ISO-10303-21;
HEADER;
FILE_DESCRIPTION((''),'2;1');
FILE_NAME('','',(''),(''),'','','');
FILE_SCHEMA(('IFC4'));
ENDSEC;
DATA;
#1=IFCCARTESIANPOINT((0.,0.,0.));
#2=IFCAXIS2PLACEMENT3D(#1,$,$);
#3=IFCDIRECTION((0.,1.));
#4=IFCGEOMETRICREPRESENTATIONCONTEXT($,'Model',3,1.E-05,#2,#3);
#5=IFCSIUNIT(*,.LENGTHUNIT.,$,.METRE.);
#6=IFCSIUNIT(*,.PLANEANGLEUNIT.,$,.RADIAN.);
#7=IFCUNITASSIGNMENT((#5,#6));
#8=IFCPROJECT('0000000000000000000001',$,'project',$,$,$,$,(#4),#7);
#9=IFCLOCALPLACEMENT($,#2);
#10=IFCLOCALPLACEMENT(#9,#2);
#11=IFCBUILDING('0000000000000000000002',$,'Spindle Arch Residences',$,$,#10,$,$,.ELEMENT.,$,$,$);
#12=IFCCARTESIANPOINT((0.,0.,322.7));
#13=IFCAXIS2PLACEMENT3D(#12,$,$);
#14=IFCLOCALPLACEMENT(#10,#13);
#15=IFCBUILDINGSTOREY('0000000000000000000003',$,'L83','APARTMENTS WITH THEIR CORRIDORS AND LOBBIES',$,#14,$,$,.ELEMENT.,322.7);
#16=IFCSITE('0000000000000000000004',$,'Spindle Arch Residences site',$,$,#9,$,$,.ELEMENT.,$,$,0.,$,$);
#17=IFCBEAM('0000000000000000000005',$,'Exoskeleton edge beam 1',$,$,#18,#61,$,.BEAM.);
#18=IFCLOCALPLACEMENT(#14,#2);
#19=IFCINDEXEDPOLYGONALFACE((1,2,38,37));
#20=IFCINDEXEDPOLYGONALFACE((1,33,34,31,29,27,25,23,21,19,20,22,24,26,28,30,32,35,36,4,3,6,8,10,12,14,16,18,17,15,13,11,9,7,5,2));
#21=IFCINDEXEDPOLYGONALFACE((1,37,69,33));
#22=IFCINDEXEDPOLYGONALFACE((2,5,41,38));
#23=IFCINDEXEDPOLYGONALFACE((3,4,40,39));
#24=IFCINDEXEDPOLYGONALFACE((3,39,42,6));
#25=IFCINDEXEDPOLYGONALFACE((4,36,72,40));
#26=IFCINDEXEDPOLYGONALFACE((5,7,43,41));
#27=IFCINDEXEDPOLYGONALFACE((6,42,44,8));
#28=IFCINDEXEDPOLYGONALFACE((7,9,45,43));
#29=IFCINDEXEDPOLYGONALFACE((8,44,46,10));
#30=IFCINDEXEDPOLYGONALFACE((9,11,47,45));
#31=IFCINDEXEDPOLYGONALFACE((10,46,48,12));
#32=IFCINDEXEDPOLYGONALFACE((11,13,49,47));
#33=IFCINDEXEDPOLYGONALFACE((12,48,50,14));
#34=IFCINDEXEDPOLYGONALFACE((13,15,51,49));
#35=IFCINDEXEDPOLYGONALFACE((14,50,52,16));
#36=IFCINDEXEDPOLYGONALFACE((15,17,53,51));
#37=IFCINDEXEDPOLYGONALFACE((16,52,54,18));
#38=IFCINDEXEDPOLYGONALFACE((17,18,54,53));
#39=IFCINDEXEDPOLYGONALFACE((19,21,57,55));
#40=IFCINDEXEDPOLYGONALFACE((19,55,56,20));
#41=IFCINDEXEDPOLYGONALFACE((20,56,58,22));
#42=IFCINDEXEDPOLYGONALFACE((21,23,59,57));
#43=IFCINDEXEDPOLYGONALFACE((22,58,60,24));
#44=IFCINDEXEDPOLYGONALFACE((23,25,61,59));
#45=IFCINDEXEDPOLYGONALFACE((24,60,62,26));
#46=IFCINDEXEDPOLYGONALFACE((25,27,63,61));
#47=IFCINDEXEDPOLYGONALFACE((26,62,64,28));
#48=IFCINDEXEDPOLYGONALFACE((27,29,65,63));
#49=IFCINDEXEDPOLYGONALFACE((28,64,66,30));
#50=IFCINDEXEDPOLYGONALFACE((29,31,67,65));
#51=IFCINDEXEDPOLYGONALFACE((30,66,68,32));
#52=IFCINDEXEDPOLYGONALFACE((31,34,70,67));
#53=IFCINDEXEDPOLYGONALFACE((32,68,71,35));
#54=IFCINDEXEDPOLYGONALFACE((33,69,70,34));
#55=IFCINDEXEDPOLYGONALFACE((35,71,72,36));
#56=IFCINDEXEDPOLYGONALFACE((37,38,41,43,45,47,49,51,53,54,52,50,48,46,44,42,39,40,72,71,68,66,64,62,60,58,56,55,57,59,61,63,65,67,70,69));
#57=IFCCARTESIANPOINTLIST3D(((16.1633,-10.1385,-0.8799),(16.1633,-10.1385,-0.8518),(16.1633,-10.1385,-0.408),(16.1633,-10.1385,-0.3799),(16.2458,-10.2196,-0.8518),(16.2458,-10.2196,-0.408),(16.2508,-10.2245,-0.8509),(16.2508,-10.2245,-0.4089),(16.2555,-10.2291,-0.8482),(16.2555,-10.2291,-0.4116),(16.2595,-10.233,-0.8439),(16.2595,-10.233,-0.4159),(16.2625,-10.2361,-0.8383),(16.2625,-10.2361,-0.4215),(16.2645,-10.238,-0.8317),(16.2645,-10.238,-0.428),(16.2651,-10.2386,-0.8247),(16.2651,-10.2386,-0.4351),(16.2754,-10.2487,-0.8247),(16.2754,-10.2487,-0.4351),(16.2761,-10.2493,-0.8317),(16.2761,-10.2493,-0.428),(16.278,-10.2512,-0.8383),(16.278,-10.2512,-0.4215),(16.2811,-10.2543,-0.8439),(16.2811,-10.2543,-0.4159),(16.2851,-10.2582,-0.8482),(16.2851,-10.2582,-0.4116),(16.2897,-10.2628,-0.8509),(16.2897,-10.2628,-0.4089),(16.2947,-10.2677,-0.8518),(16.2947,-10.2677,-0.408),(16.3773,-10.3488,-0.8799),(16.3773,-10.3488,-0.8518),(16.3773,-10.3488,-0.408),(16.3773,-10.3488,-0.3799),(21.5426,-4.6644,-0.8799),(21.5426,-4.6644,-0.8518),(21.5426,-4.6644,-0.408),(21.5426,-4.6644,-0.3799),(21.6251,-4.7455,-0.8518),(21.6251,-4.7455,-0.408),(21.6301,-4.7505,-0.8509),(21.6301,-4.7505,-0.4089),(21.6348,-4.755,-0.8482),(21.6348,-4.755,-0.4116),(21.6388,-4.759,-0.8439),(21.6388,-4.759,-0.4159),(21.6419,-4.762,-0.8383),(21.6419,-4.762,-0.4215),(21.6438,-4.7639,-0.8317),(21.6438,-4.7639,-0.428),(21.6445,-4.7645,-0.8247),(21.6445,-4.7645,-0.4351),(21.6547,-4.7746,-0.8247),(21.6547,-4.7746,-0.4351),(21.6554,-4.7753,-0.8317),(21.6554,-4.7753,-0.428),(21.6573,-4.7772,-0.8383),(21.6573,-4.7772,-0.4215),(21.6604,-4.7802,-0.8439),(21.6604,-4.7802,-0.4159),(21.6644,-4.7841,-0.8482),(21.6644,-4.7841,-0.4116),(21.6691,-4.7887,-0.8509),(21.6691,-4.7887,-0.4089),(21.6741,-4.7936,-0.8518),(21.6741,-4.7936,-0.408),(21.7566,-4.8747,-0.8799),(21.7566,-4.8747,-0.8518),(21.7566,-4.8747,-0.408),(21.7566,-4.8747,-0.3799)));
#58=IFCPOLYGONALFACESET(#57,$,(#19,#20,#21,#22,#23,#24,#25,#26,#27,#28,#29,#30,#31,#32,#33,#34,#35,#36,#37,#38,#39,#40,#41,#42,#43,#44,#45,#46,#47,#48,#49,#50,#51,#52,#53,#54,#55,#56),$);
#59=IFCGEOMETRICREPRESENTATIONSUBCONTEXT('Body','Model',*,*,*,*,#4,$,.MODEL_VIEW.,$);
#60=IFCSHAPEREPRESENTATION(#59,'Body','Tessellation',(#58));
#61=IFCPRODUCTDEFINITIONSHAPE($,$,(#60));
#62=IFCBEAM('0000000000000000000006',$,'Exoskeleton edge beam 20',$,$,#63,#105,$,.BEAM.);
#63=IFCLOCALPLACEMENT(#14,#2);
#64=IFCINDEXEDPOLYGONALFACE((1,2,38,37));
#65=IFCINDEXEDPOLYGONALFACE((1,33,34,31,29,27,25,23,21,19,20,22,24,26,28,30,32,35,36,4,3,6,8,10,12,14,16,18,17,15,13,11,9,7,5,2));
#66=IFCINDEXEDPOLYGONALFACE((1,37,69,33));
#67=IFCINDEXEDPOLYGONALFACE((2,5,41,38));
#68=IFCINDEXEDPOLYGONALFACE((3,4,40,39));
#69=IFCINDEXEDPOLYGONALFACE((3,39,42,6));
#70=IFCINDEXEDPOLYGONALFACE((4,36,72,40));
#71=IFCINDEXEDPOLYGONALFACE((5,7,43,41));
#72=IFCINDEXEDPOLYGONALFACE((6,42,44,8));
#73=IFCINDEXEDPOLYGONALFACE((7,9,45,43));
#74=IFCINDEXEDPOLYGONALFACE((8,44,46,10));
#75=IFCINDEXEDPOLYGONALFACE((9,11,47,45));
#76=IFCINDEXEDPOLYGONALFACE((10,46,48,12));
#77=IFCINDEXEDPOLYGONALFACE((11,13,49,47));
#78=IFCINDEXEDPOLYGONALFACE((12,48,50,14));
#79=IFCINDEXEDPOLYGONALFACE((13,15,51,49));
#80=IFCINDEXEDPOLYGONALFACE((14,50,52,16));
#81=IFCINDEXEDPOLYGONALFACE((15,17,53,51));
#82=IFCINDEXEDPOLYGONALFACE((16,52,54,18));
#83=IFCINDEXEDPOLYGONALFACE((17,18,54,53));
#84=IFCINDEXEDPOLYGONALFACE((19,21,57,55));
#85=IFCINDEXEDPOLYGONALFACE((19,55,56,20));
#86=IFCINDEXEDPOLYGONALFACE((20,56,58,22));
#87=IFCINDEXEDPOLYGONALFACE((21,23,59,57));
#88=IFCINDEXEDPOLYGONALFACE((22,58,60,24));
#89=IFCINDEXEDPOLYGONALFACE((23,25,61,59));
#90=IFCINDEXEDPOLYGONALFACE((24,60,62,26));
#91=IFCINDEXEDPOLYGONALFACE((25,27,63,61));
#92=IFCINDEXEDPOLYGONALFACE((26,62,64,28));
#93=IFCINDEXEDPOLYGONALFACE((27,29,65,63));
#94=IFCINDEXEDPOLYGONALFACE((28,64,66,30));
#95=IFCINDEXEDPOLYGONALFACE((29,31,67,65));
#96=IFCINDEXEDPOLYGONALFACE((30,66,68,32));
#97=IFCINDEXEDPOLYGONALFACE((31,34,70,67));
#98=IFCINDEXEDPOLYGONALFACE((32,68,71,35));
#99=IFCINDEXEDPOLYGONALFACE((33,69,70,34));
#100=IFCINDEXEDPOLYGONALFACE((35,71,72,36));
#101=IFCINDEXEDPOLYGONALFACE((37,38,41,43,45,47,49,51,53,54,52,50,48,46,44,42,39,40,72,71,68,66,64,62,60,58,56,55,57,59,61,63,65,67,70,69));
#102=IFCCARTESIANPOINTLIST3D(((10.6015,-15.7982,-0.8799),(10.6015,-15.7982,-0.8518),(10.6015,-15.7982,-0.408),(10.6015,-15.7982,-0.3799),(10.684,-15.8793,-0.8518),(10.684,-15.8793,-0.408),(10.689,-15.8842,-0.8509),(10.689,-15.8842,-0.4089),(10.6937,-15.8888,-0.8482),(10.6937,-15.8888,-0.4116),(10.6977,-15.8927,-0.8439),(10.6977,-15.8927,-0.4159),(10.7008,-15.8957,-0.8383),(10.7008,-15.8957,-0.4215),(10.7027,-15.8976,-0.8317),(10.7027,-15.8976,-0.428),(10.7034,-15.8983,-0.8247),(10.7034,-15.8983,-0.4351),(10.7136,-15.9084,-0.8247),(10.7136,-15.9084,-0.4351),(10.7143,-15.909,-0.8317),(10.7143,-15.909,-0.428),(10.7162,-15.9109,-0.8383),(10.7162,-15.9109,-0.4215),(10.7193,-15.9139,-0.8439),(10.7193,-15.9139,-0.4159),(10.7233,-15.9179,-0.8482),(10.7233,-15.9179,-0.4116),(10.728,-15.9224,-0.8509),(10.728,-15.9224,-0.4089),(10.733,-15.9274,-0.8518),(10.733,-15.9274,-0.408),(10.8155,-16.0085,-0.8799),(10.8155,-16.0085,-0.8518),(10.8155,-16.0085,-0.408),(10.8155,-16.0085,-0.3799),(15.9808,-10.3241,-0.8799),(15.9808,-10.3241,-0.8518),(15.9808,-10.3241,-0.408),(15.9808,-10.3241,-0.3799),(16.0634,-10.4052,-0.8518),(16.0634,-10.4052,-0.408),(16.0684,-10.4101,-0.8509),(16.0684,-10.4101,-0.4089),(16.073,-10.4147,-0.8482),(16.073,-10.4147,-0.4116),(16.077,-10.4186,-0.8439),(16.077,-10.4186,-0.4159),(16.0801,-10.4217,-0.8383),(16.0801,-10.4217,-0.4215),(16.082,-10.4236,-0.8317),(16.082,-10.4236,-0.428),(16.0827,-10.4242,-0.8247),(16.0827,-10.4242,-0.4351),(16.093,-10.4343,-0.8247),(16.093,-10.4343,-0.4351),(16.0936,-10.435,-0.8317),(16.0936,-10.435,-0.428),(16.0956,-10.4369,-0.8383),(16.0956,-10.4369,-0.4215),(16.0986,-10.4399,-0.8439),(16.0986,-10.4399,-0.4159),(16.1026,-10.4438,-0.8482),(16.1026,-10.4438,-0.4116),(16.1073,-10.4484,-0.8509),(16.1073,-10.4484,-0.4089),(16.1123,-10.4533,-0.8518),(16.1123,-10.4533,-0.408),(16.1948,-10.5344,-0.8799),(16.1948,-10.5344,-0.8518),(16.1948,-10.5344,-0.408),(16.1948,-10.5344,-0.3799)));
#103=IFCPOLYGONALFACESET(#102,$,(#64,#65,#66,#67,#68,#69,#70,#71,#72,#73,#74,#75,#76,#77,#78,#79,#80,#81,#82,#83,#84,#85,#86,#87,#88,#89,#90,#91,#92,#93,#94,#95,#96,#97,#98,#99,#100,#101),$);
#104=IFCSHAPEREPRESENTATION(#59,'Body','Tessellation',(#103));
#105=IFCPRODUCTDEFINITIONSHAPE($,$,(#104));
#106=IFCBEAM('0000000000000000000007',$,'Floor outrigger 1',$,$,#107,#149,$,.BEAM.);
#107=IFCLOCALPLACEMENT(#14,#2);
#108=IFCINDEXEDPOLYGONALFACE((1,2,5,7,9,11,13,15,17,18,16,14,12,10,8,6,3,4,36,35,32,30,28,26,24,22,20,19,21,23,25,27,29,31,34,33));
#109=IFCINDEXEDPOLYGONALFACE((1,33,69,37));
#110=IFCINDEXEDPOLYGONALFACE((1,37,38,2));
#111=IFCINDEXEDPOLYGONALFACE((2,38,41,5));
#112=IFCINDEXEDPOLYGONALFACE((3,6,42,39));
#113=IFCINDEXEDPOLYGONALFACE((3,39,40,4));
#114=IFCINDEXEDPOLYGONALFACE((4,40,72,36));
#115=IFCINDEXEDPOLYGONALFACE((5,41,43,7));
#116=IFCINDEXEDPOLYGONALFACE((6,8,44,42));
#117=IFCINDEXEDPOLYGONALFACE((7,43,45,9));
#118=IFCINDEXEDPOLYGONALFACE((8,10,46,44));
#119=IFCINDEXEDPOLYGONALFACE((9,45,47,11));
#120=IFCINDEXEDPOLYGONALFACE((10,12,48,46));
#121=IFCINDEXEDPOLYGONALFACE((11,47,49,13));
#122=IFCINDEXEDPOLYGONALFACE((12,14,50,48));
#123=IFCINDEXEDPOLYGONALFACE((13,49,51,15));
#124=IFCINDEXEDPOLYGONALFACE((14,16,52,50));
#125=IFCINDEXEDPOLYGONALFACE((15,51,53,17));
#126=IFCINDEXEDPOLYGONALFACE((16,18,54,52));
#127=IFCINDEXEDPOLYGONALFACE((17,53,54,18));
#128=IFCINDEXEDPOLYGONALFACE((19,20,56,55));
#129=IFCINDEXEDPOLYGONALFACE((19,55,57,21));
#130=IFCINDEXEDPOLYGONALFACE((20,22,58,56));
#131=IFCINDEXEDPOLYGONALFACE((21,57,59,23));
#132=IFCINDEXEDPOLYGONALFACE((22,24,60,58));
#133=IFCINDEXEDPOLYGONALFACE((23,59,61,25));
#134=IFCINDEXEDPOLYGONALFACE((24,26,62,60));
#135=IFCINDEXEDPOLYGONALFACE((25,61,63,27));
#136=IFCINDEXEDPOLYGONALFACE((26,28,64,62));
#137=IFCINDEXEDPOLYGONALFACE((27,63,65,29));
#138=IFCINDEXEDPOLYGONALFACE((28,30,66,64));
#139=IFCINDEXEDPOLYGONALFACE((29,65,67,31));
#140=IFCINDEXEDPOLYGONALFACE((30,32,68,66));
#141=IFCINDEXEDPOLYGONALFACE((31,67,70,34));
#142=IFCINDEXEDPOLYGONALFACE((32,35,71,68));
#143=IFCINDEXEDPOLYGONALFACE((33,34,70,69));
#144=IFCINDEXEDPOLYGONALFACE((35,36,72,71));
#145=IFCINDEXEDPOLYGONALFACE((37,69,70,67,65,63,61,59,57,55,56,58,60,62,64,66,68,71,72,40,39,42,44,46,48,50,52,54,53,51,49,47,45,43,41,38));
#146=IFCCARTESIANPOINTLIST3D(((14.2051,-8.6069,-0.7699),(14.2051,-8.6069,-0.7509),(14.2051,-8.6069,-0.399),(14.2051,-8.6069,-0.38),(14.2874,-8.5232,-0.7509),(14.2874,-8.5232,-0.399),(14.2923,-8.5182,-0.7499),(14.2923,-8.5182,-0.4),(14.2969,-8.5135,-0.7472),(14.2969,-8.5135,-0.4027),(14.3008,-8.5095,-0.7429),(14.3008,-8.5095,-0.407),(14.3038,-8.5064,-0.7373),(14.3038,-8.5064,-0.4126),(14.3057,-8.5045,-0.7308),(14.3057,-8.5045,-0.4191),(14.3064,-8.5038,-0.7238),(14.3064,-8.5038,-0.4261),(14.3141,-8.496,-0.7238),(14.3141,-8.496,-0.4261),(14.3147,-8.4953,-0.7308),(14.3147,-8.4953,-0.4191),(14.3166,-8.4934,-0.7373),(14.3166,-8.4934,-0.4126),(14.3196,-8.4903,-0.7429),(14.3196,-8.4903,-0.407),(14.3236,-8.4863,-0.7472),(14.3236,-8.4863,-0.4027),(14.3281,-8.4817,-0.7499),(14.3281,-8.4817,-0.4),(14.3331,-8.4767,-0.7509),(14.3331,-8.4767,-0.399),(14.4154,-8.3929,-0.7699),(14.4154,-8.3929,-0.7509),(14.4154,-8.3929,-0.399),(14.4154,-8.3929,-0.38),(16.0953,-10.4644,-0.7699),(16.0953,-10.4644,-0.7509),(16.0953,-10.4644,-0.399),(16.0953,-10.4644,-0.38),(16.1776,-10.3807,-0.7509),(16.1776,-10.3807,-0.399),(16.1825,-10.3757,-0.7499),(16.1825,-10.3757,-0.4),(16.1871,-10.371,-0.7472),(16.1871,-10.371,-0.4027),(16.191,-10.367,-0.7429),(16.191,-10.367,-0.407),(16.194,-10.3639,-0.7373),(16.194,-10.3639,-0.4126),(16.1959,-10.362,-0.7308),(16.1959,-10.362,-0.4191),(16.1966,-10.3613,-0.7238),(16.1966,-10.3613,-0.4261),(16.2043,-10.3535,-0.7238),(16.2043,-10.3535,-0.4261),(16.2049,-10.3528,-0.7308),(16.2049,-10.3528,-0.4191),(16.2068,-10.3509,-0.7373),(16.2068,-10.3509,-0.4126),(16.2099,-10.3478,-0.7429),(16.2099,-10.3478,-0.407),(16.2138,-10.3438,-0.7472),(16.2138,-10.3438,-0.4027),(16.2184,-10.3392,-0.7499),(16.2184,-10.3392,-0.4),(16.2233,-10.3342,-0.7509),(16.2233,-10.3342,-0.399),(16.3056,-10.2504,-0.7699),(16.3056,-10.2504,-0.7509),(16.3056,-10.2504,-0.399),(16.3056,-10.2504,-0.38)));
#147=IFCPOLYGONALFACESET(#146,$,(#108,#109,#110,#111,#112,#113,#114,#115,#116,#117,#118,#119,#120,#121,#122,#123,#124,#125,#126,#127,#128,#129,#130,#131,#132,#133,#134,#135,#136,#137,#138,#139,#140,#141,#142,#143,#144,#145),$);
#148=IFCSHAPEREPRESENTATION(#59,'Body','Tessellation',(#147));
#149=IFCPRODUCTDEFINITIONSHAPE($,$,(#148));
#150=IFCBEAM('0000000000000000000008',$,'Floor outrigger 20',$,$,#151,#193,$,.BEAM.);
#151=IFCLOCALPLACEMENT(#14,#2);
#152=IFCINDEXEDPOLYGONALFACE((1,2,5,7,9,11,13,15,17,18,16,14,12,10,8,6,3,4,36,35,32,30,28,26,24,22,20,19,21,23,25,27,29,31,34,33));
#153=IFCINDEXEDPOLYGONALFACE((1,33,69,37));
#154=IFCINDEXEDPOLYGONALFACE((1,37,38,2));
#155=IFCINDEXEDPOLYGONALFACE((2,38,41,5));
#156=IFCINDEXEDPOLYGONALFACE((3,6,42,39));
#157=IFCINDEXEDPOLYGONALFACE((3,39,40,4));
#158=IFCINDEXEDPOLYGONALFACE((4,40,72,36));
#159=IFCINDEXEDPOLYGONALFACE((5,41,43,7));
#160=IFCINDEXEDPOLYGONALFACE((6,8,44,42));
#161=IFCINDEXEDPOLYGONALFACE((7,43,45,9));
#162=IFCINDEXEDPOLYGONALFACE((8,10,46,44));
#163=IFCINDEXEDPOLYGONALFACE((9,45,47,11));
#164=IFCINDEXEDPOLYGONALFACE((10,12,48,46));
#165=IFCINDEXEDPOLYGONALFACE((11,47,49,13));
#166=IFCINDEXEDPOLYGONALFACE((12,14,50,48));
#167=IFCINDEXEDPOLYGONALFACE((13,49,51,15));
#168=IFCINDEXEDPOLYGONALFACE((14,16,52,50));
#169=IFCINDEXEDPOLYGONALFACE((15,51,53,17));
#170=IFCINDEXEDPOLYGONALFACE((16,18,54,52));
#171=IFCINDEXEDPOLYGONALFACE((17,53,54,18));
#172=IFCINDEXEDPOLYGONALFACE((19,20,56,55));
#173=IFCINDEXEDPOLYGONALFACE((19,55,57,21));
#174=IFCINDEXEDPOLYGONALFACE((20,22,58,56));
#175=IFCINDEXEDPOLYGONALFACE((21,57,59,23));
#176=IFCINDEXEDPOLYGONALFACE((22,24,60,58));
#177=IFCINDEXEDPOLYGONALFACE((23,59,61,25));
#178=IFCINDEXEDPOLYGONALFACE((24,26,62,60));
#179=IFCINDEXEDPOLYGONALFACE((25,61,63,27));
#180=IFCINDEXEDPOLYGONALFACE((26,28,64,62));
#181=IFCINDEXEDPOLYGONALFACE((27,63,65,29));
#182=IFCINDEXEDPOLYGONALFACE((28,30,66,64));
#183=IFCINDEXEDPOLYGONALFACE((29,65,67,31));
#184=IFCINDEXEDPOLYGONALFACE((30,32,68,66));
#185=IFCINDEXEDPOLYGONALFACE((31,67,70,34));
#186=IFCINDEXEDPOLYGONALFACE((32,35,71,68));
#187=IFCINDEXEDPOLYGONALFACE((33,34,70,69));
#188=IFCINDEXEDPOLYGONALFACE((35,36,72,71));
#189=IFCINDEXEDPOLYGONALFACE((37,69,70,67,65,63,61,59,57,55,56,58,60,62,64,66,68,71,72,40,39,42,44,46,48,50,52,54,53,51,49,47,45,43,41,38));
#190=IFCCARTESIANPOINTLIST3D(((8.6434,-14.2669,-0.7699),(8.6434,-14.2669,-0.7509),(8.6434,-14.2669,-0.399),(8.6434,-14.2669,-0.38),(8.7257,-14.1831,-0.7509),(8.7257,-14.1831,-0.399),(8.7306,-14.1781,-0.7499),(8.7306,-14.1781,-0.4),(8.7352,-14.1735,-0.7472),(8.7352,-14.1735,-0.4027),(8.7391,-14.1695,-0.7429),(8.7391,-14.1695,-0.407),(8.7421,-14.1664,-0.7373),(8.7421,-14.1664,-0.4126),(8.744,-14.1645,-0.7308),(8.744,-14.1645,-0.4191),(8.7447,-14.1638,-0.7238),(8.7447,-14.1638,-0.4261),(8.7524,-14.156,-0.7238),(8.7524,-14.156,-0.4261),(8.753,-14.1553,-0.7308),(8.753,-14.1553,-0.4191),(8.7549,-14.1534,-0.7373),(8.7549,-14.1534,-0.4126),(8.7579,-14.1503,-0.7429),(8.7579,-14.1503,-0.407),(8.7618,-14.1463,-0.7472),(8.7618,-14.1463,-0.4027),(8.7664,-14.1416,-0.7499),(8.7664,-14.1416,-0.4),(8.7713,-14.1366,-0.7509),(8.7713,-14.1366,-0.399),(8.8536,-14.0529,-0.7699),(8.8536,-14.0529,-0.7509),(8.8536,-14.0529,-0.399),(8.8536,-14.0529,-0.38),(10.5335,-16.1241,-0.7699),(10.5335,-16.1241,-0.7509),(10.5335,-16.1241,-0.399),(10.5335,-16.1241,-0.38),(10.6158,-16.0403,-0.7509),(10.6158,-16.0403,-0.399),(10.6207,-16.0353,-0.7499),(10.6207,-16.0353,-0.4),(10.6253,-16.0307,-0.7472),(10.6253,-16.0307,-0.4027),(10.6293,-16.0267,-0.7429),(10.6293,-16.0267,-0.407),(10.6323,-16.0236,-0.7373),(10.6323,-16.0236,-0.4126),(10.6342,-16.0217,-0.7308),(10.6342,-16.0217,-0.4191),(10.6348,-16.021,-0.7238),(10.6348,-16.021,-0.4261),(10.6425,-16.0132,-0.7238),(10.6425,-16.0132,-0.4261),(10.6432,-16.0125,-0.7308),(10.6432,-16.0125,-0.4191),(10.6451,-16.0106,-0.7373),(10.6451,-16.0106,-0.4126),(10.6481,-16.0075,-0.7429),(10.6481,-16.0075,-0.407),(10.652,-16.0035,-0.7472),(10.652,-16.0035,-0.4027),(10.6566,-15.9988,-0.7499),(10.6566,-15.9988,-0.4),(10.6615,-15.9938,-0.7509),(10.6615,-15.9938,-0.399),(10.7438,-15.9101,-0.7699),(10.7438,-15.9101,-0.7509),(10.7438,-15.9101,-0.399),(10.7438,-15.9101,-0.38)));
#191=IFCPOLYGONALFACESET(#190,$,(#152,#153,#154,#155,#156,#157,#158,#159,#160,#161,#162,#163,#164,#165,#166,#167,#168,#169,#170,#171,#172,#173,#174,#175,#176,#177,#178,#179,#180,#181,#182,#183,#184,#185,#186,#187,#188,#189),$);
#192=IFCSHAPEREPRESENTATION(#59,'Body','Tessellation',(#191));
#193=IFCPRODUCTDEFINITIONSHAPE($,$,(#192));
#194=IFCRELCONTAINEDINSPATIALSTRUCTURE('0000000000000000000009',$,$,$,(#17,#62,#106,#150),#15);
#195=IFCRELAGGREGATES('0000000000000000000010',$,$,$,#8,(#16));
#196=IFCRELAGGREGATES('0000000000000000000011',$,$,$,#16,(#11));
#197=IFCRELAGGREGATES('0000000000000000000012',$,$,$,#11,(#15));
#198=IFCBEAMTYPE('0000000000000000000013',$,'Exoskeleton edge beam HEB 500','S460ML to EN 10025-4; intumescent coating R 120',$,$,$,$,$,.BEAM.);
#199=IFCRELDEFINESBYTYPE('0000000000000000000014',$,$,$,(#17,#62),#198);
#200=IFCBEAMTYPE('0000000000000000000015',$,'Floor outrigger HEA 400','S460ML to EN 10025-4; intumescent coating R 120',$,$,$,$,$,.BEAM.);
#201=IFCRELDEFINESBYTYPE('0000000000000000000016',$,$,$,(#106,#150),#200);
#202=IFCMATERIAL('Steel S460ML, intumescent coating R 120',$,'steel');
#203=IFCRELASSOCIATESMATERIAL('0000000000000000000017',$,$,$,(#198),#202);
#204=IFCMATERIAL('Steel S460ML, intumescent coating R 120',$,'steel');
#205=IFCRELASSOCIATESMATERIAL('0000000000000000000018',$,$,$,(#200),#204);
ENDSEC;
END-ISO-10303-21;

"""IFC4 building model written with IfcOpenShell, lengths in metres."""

from ifc_helpers import new_model, si_unit, direction, frame, origin, origin_2d, place, context, subcontext, project, spatial, i_section, extrude, material, material_profile, profile_set, type_object, element, save


model = new_model("IFC4")

# Units and contexts
model_context = context("Model", 3, precision=1e-05, world=origin(), true_north=direction((0.0, 1.0)))
body_context = subcontext(model_context, "Body", "Model", "MODEL_VIEW")
ifc_project = project(units=[si_unit("LENGTHUNIT", "METRE"), si_unit("PLANEANGLEUNIT", "RADIAN")], contexts=[model_context])

# Site, building, storey
site_placement = place(None, origin())
site = spatial("IfcSite", under=ifc_project, at=site_placement, Name="Spindle Arch Residences site", CompositionType="ELEMENT", RefElevation=0.0)
building_placement = place(site_placement, origin())
building = spatial("IfcBuilding", under=site, at=building_placement, Name="Spindle Arch Residences", CompositionType="ELEMENT")
storey_placement = place(building_placement, frame((0.0, 0.0, 322.7)))
storey = spatial("IfcBuildingStorey", under=building, at=storey_placement, Name="L83", Description="APARTMENTS WITH THEIR CORRIDORS AND LOBBIES", CompositionType="ELEMENT", Elevation=322.7)

# Beams
ifc_material_1 = material(Name="Steel S460ML, intumescent coating R 120", Category="steel")
ifc_material_profile_1 = material_profile(ifc_material_1, i_section(OverallWidth=0.3, OverallDepth=0.5, WebThickness=0.0144, FlangeThickness=0.0281, FilletRadius=0.0271, at=origin_2d()), Name="HEB 500")
ifc_profile_set_1 = profile_set([ifc_material_profile_1], Name="Steel S460ML, intumescent coating R 120")
beam_type_1 = type_object("IfcBeamType", Name="Exoskeleton edge beam HEB 500", Description="S460ML to EN 10025-4; intumescent coating R 120", PredefinedType="BEAM", material=ifc_profile_set_1)
for number, where, z_axis, x_axis, name in (
    (1, (16.2703, -10.2437, -0.6299), (0.700909, 0.713251, 0.0), (-0.713251, 0.700909, 0.0), "Exoskeleton edge beam 1"),
    (2, (10.7085, -15.9033, -0.6299), (0.700909, 0.713251, 0.0), (-0.713251, 0.700909, 0.0), "Exoskeleton edge beam 20"),
):
    element("IfcBeam", number, at=place(storey_placement, frame(where, z_axis=z_axis, x_axis=x_axis)), inside=storey, type_object=beam_type_1, Name=name, PredefinedType="BEAM", context=body_context, shape_type="SweptSolid", body=[
        extrude(i_section(OverallWidth=0.3, OverallDepth=0.5, WebThickness=0.0144, FlangeThickness=0.0281, FilletRadius=0.0271, at=origin_2d()), origin(), (0.0, 0.0, 1.0), 7.6748),
    ])
ifc_material_2 = material(Name="Steel S460ML, intumescent coating R 120", Category="steel")
ifc_material_profile_2 = material_profile(ifc_material_2, i_section(OverallWidth=0.3, OverallDepth=0.3899, WebThickness=0.011, FlangeThickness=0.019, FilletRadius=0.0271, at=origin_2d()), Name="HEA 400")
ifc_profile_set_2 = profile_set([ifc_material_profile_2], Name="Steel S460ML, intumescent coating R 120")
beam_type_2 = type_object("IfcBeamType", Name="Floor outrigger HEA 400", Description="S460ML to EN 10025-4; intumescent coating R 120", PredefinedType="BEAM", material=ifc_profile_set_2)
beam_1_placement = place(storey_placement, frame((16.2004, -10.3574, -0.575), z_axis=(-0.713252, 0.700907, 0.0), x_axis=(-0.700907, -0.713252, 0.0)))
element("IfcBeam", 3, at=beam_1_placement, inside=storey, type_object=beam_type_2, Name="Floor outrigger 1", PredefinedType="BEAM", context=body_context, shape_type="SweptSolid", body=[
    extrude(i_section(OverallWidth=0.3, OverallDepth=0.3899, WebThickness=0.011, FlangeThickness=0.019, FilletRadius=0.0271, at=origin_2d()), origin(), (0.0, 0.0, 1.0), 2.6501),
])
beam_2_placement = place(storey_placement, frame((10.6387, -16.0171, -0.575), z_axis=(-0.713298, 0.70086, 0.0), x_axis=(-0.70086, -0.713298, 0.0)))
element("IfcBeam", 4, at=beam_2_placement, inside=storey, type_object=beam_type_2, Name="Floor outrigger 20", PredefinedType="BEAM", context=body_context, shape_type="SweptSolid", body=[
    extrude(i_section(OverallWidth=0.3, OverallDepth=0.3899, WebThickness=0.011, FlangeThickness=0.019, FilletRadius=0.0271, at=origin_2d()), origin(), (0.0, 0.0, 1.0), 2.6499),
])

save(model, "model.ifc")
